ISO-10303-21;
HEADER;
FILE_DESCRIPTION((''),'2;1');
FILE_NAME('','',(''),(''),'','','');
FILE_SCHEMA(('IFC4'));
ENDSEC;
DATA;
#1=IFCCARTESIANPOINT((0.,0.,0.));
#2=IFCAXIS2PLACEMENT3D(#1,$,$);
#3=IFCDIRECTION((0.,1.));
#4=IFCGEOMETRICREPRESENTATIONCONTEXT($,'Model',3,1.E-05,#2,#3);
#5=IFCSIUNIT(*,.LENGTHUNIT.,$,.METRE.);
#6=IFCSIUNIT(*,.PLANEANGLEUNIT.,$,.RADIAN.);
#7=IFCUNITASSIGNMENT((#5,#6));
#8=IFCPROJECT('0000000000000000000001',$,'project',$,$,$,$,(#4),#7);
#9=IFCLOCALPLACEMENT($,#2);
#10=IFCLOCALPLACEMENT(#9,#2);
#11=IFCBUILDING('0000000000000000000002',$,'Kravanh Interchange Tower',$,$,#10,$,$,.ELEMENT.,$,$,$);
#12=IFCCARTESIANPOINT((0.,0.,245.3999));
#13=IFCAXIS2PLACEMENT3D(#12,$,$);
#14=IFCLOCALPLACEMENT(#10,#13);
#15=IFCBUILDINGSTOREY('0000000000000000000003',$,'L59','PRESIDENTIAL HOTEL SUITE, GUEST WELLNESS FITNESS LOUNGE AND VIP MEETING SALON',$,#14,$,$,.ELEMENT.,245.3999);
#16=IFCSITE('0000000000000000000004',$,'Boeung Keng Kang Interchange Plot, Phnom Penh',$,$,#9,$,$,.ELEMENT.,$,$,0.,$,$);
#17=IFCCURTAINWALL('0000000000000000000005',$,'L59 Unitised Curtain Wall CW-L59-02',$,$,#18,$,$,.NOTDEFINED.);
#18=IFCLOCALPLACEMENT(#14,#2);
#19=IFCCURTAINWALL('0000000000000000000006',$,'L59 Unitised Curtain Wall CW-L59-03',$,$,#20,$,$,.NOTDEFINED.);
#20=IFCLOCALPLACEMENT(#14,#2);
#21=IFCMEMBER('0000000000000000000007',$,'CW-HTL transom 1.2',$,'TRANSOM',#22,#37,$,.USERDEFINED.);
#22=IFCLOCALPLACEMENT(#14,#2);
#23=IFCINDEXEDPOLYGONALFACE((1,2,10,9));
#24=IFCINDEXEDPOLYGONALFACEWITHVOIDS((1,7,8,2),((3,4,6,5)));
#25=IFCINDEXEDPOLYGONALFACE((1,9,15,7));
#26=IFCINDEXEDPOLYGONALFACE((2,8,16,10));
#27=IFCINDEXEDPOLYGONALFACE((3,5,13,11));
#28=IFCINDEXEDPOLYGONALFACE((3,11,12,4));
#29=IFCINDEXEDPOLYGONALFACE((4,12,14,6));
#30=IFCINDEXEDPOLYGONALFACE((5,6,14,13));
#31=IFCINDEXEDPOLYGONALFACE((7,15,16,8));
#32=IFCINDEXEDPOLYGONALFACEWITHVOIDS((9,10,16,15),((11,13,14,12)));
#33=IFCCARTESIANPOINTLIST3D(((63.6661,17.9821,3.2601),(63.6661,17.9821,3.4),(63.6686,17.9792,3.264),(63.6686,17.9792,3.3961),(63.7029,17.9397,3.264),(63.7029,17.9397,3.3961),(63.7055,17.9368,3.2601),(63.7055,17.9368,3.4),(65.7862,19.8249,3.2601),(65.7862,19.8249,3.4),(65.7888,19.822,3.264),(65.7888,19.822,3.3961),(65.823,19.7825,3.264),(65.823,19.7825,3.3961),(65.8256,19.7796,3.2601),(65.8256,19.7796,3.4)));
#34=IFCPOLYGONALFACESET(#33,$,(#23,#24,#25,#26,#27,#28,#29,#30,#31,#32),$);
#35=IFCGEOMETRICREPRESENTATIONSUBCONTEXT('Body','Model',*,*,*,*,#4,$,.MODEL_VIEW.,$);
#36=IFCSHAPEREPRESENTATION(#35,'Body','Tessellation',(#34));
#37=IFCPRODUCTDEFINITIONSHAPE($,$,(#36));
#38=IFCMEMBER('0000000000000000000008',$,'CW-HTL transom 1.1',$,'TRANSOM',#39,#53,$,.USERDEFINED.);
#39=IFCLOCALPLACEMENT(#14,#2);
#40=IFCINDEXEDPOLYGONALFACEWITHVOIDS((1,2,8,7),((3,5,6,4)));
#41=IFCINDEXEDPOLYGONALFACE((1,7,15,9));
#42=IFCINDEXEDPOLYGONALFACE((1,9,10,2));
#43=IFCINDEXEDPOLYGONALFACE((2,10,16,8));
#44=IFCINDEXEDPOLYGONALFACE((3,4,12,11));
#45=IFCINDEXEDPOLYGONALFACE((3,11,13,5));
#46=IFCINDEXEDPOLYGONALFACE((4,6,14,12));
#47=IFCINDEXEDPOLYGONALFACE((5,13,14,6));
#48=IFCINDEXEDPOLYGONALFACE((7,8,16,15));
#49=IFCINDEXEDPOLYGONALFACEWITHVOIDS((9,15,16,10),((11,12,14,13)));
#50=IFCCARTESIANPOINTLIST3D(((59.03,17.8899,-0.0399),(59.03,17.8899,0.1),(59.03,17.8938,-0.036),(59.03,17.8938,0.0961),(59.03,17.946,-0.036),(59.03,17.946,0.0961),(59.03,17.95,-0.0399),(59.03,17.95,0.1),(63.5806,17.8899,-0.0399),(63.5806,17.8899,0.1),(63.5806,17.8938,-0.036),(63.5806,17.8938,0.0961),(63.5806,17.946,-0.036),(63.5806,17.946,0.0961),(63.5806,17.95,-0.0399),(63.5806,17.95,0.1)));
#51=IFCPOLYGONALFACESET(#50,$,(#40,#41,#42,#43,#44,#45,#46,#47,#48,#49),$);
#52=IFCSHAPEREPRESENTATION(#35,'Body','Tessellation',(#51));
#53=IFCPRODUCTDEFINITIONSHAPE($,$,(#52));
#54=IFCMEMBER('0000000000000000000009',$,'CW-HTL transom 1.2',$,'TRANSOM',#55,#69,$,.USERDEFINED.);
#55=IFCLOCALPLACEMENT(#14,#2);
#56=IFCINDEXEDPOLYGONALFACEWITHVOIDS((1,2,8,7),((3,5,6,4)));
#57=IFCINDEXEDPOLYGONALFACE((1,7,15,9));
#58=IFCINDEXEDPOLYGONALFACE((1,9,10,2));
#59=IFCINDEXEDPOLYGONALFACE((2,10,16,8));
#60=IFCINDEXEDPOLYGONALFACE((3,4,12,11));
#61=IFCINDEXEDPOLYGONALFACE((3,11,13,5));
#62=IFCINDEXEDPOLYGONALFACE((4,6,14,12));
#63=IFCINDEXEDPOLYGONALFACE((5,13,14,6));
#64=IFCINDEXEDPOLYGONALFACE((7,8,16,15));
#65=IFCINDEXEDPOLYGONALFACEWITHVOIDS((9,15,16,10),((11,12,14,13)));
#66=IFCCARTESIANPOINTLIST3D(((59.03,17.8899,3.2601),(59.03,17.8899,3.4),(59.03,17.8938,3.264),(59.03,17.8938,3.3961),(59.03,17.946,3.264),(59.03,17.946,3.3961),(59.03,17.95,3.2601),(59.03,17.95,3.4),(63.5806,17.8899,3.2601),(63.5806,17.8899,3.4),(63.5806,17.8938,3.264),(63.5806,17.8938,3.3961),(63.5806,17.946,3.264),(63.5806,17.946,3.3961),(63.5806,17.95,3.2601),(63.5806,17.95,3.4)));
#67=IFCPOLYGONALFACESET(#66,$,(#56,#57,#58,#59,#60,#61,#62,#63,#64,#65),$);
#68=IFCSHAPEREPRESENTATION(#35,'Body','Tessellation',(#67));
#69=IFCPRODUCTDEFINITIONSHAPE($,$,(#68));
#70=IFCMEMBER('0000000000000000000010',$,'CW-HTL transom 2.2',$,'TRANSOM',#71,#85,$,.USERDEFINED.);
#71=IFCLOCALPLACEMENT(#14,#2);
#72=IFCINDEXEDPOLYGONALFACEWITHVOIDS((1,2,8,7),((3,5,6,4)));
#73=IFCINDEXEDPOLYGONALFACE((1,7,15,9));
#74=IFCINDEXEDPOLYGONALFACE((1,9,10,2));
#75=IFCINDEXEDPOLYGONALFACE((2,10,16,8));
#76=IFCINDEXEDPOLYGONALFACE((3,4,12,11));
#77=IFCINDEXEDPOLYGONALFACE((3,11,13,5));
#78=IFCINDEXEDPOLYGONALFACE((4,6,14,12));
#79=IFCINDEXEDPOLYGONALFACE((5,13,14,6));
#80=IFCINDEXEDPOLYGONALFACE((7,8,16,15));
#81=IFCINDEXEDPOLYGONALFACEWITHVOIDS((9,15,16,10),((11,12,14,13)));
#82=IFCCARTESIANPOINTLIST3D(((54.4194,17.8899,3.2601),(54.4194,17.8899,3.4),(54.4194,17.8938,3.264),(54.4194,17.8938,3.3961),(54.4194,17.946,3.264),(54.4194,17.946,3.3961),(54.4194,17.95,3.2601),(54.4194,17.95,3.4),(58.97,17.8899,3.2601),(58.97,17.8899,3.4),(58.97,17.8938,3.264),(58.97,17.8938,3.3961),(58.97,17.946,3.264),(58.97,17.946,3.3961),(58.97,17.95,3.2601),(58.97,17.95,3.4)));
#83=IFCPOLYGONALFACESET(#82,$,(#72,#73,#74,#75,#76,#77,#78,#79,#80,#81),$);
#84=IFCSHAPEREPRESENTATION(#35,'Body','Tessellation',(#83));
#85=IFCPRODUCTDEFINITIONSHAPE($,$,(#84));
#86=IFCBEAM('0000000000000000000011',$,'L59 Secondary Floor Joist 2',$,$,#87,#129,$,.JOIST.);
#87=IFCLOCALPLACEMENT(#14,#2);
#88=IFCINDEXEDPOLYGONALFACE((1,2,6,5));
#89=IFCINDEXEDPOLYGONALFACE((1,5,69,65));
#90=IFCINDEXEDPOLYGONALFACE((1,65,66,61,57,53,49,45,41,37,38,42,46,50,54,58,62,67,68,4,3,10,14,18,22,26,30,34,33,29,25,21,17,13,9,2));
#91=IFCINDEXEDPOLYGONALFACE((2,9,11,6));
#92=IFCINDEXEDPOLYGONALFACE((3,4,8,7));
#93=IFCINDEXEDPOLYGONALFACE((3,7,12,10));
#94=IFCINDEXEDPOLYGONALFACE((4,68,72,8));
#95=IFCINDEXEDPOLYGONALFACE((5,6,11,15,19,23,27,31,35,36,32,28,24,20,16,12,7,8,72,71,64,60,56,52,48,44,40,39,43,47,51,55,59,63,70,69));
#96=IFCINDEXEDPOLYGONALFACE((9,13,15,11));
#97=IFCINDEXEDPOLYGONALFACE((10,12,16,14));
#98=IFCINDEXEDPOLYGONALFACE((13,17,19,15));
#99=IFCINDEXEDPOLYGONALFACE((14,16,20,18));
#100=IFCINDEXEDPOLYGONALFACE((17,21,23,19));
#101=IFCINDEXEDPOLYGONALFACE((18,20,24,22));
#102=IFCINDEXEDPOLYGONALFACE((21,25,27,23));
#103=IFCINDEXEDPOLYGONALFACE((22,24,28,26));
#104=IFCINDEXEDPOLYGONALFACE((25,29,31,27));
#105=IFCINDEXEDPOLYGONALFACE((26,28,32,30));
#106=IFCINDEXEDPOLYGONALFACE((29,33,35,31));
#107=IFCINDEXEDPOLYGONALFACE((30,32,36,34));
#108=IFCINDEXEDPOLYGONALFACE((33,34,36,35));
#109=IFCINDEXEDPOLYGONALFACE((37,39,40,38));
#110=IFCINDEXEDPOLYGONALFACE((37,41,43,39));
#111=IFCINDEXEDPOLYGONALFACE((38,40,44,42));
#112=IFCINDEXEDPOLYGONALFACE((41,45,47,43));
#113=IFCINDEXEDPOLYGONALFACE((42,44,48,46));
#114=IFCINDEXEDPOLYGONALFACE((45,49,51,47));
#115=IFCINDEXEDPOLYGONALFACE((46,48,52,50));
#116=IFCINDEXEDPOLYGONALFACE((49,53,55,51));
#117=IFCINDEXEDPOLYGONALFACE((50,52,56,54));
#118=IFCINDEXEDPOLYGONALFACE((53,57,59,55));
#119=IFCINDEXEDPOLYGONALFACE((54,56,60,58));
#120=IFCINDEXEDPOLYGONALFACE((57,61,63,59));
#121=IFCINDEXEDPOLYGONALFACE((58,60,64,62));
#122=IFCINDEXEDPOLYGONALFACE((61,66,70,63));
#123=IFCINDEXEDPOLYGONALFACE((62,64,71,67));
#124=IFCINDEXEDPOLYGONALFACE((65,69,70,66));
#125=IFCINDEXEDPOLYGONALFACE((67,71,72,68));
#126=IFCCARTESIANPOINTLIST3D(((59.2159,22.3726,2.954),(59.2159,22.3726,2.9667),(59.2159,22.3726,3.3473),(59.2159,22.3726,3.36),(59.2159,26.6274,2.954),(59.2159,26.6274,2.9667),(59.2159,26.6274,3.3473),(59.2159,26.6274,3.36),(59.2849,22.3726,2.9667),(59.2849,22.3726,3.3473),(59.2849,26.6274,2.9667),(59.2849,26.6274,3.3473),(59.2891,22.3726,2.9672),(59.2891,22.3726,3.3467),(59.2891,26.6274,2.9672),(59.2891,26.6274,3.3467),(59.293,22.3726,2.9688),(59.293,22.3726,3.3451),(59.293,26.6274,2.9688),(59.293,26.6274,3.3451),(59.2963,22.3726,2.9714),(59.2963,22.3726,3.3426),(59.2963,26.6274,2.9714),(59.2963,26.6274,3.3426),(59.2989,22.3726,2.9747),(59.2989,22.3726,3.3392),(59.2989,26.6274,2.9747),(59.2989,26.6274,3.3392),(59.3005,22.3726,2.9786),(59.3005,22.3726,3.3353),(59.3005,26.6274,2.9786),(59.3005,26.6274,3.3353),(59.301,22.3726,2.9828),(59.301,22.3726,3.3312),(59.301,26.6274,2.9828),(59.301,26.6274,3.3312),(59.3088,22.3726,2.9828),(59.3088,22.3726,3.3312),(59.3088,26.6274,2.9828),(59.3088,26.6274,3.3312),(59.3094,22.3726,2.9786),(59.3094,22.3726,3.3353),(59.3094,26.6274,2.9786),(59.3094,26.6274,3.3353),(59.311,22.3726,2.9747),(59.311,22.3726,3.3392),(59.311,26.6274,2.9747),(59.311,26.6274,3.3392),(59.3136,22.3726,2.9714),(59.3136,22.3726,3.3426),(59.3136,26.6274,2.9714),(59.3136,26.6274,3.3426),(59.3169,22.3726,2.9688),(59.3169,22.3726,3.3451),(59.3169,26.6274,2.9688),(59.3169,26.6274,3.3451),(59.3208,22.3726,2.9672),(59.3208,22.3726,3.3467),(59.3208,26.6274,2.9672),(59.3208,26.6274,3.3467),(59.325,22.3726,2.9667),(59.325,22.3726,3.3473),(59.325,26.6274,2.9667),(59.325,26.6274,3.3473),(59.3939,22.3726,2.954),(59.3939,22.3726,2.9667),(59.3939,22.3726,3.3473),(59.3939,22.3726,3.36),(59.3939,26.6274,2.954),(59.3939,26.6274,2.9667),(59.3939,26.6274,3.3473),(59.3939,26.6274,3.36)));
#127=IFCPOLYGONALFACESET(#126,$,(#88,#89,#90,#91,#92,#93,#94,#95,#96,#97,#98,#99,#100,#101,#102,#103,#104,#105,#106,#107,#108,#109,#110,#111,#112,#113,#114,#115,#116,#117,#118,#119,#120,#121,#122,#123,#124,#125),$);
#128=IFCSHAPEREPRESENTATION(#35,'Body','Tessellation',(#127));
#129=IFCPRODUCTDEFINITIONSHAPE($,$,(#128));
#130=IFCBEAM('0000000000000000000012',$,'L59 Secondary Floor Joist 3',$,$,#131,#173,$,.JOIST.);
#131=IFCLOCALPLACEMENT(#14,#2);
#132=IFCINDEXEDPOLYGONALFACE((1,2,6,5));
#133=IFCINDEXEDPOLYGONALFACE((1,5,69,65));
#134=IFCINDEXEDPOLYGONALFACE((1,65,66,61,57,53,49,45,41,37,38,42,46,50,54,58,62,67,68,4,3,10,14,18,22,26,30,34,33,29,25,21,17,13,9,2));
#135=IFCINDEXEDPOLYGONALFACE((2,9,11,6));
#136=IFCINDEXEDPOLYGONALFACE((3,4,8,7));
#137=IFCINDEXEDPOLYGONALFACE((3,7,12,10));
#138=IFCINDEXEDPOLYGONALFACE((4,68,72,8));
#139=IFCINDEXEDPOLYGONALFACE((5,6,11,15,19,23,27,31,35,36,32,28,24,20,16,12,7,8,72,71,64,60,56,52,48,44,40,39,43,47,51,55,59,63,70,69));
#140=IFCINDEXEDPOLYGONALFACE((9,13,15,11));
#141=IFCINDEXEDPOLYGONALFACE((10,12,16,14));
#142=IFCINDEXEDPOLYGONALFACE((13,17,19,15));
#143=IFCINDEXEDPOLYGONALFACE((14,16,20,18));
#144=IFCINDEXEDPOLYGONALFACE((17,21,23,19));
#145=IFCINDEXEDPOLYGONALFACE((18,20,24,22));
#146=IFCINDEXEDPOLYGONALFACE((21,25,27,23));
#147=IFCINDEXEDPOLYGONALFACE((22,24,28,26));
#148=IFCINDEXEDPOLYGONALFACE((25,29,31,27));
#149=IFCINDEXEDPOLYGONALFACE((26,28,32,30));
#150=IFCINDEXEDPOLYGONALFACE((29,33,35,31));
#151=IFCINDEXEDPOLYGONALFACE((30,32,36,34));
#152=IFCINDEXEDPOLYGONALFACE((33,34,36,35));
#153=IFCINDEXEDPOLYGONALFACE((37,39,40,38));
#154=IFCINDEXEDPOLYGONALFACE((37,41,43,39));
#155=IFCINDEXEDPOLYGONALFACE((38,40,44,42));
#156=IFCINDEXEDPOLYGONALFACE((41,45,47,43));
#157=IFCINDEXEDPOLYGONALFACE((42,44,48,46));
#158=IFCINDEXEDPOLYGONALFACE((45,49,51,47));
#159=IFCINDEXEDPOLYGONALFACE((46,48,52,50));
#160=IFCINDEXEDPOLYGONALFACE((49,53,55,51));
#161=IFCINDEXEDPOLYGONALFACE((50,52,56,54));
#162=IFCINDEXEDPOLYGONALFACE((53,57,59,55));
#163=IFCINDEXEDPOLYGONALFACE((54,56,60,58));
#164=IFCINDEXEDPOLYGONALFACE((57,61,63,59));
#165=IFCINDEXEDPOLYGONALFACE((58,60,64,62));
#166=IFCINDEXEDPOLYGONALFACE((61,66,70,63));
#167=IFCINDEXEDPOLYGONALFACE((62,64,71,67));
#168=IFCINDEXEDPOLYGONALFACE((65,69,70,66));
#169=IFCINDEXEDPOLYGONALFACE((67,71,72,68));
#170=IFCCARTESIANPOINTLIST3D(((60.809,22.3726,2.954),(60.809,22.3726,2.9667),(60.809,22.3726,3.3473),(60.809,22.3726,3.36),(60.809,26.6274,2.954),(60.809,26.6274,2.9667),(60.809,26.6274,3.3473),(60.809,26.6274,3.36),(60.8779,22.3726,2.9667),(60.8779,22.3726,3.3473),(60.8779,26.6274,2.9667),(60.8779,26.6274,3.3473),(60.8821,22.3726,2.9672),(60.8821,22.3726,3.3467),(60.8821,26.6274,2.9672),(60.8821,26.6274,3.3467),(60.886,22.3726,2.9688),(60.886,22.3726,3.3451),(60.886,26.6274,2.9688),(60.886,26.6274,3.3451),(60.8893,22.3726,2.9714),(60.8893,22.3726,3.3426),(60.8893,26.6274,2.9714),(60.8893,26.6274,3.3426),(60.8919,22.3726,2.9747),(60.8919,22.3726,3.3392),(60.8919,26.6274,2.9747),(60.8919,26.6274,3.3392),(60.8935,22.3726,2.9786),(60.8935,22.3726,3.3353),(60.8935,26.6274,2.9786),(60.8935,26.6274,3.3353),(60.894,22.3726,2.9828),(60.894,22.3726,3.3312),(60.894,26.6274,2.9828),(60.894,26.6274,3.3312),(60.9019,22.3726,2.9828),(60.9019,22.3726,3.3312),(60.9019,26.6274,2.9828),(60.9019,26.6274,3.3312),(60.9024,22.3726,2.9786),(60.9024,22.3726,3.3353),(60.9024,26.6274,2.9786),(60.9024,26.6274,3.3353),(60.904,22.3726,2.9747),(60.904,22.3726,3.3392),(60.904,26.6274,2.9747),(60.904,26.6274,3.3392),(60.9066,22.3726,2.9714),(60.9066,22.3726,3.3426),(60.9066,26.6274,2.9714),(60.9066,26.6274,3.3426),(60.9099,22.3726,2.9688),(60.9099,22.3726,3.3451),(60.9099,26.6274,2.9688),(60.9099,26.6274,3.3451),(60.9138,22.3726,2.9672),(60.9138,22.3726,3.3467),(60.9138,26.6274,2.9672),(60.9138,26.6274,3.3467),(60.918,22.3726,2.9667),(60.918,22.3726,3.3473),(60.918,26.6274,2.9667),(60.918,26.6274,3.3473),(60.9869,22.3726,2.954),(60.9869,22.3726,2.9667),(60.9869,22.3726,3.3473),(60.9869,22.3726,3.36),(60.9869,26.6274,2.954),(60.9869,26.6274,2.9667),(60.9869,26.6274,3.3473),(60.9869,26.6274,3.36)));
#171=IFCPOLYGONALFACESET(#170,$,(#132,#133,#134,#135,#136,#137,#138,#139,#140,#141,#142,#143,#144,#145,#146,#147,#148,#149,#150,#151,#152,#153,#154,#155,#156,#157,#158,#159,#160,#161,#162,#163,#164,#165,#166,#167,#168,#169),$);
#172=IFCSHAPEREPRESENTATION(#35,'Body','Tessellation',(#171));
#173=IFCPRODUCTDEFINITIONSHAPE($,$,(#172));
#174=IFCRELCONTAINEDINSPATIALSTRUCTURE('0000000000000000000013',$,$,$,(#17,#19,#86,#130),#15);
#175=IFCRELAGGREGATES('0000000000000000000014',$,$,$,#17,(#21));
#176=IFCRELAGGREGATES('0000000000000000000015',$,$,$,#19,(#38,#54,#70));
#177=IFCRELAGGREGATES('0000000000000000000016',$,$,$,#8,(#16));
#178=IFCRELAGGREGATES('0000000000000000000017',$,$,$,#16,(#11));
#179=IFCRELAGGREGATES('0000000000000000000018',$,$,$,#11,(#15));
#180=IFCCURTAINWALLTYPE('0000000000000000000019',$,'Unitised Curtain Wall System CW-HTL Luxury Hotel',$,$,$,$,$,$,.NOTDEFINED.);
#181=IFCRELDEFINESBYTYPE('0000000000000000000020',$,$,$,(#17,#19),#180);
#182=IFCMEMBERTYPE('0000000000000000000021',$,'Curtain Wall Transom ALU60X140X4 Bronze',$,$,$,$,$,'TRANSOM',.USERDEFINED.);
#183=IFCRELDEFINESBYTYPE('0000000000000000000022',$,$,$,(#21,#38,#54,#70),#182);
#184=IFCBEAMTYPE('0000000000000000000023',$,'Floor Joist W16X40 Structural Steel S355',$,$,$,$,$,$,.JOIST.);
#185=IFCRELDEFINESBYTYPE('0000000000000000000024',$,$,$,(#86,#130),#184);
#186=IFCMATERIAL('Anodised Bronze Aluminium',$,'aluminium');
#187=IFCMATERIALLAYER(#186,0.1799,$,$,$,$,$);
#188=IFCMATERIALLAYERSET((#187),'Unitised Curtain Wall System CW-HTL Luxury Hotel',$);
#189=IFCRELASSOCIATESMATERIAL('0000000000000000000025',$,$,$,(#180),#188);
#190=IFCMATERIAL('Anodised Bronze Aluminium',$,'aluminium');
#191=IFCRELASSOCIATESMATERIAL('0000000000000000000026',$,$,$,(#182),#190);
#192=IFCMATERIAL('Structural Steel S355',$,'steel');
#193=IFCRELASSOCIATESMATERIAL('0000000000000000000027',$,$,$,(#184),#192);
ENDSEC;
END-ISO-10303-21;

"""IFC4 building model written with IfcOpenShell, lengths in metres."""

from ifc_helpers import new_model, si_unit, direction, frame, origin, origin_2d, place, context, subcontext, project, spatial, hollow_rectangle, i_section, extrude, material, layer, layer_set, material_profile, profile_set, type_object, element, aggregate, save


model = new_model("IFC4")

# Units and contexts
model_context = context("Model", 3, precision=1e-05, world=origin(), true_north=direction((0.0, 1.0)))
body_context = subcontext(model_context, "Body", "Model", "MODEL_VIEW")
ifc_project = project(units=[si_unit("LENGTHUNIT", "METRE"), si_unit("PLANEANGLEUNIT", "RADIAN")], contexts=[model_context])

# Site, building, storey
site_placement = place(None, origin())
site = spatial("IfcSite", under=ifc_project, at=site_placement, Name="Boeung Keng Kang Interchange Plot, Phnom Penh", CompositionType="ELEMENT", RefElevation=0.0)
building_placement = place(site_placement, origin())
building = spatial("IfcBuilding", under=site, at=building_placement, Name="Kravanh Interchange Tower", CompositionType="ELEMENT")
storey_placement = place(building_placement, frame((0.0, 0.0, 245.3999)))
storey = spatial("IfcBuildingStorey", under=building, at=storey_placement, Name="L59", Description="PRESIDENTIAL HOTEL SUITE, GUEST WELLNESS FITNESS LOUNGE AND VIP MEETING SALON", CompositionType="ELEMENT", Elevation=245.3999)

# Curtain walls
ifc_material_1 = material(Name="Anodised Bronze Aluminium", Category="aluminium")
ifc_layer_1 = layer(ifc_material_1, 0.1799)
ifc_layer_set_1 = layer_set([ifc_layer_1], Name="Unitised Curtain Wall System CW-HTL Luxury Hotel")
curtain_wall_type = type_object("IfcCurtainWallType", Name="Unitised Curtain Wall System CW-HTL Luxury Hotel", PredefinedType="NOTDEFINED", material=ifc_layer_set_1)
curtain_wall_1_placement = place(storey_placement, origin())
curtain_wall_1 = element("IfcCurtainWall", 1, at=curtain_wall_1_placement, inside=storey, type_object=curtain_wall_type, Name="L59 Unitised Curtain Wall CW-L59-02", PredefinedType="NOTDEFINED")
curtain_wall_2_placement = place(storey_placement, origin())
curtain_wall_2 = element("IfcCurtainWall", 2, at=curtain_wall_2_placement, inside=storey, type_object=curtain_wall_type, Name="L59 Unitised Curtain Wall CW-L59-03", PredefinedType="NOTDEFINED")

# Members
ifc_material_2 = material(Name="Anodised Bronze Aluminium", Category="aluminium")
ifc_material_profile_1 = material_profile(ifc_material_2, hollow_rectangle(XDim=0.0601, YDim=0.1399, WallThickness=0.0039, at=origin_2d()), Name="ALU60X140X4")
ifc_profile_set_1 = profile_set([ifc_material_profile_1], Name="Anodised Bronze Aluminium")
member_type_1 = type_object("IfcMemberType", Name="Curtain Wall Transom ALU60X140X4 Bronze", ElementType="TRANSOM", PredefinedType="USERDEFINED", material=ifc_profile_set_1)
member_1_placement = place(storey_placement, frame((65.8059, 19.8022, 3.3301), z_axis=(-0.754748, -0.656015, 0.0), x_axis=(0.656015, -0.754748, 0.0)))
member_1 = element("IfcMember", 3, at=member_1_placement, type_object=member_type_1, Name="CW-HTL transom 1.2", ObjectType="TRANSOM", PredefinedType="USERDEFINED", context=body_context, shape_type="SweptSolid", body=[
    extrude(hollow_rectangle(XDim=0.0601, YDim=0.1399, WallThickness=0.0039, at=origin_2d()), origin(), (0.0, 0.0, 1.0), 2.8091),
])
member_2_placement = place(storey_placement, frame((63.5806, 17.9199, 0.03), z_axis=(-1.0, 0.0, 0.0), x_axis=(0.0, -1.0, 0.0)))
member_2 = element("IfcMember", 4, at=member_2_placement, type_object=member_type_1, Name="CW-HTL transom 1.1", ObjectType="TRANSOM", PredefinedType="USERDEFINED", context=body_context, shape_type="SweptSolid", body=[
    extrude(hollow_rectangle(XDim=0.0601, YDim=0.1399, WallThickness=0.0039, at=origin_2d()), origin(), (0.0, 0.0, 1.0), 4.5505),
])
member_3_placement = place(storey_placement, frame((63.5806, 17.9199, 3.3301), z_axis=(-1.0, 0.0, 0.0), x_axis=(0.0, -1.0, 0.0)))
member_3 = element("IfcMember", 5, at=member_3_placement, type_object=member_type_1, Name="CW-HTL transom 1.2", ObjectType="TRANSOM", PredefinedType="USERDEFINED", context=body_context, shape_type="SweptSolid", body=[
    extrude(hollow_rectangle(XDim=0.0601, YDim=0.1399, WallThickness=0.0039, at=origin_2d()), origin(), (0.0, 0.0, 1.0), 4.5505),
])
member_4_placement = place(storey_placement, frame((58.97, 17.9199, 3.3301), z_axis=(-1.0, 0.0, 0.0), x_axis=(0.0, -1.0, 0.0)))
member_4 = element("IfcMember", 6, at=member_4_placement, type_object=member_type_1, Name="CW-HTL transom 2.2", ObjectType="TRANSOM", PredefinedType="USERDEFINED", context=body_context, shape_type="SweptSolid", body=[
    extrude(hollow_rectangle(XDim=0.0601, YDim=0.1399, WallThickness=0.0039, at=origin_2d()), origin(), (0.0, 0.0, 1.0), 4.5505),
])

# Beams
ifc_material_3 = material(Name="Structural Steel S355", Category="steel")
ifc_material_profile_2 = material_profile(ifc_material_3, i_section(OverallWidth=0.178, OverallDepth=0.406, WebThickness=0.0078, FlangeThickness=0.0127, FilletRadius=0.0161, at=origin_2d()), Name="W16X40")
ifc_profile_set_2 = profile_set([ifc_material_profile_2], Name="Structural Steel S355")
beam_type_1 = type_object("IfcBeamType", Name="Floor Joist W16X40 Structural Steel S355", PredefinedType="JOIST", material=ifc_profile_set_2)
for number, where, z_axis, x_axis, name in (
    (7, (59.3049, 22.3726, 3.157), (0.0, 1.0, 0.0), (-1.0, 0.0, 0.0), "L59 Secondary Floor Joist 2"),
    (8, (60.8979, 22.3726, 3.157), (0.0, 1.0, 0.0), (-1.0, 0.0, 0.0), "L59 Secondary Floor Joist 3"),
):
    element("IfcBeam", number, at=place(storey_placement, frame(where, z_axis=z_axis, x_axis=x_axis)), inside=storey, type_object=beam_type_1, Name=name, PredefinedType="JOIST", context=body_context, shape_type="SweptSolid", body=[
        extrude(i_section(OverallWidth=0.178, OverallDepth=0.406, WebThickness=0.0078, FlangeThickness=0.0127, FilletRadius=0.0161, at=origin_2d()), origin(), (0.0, 0.0, 1.0), 4.2549),
    ])

aggregate(curtain_wall_1, [member_1])
aggregate(curtain_wall_2, [member_2, member_3, member_4])

save(model, "model.ifc")
